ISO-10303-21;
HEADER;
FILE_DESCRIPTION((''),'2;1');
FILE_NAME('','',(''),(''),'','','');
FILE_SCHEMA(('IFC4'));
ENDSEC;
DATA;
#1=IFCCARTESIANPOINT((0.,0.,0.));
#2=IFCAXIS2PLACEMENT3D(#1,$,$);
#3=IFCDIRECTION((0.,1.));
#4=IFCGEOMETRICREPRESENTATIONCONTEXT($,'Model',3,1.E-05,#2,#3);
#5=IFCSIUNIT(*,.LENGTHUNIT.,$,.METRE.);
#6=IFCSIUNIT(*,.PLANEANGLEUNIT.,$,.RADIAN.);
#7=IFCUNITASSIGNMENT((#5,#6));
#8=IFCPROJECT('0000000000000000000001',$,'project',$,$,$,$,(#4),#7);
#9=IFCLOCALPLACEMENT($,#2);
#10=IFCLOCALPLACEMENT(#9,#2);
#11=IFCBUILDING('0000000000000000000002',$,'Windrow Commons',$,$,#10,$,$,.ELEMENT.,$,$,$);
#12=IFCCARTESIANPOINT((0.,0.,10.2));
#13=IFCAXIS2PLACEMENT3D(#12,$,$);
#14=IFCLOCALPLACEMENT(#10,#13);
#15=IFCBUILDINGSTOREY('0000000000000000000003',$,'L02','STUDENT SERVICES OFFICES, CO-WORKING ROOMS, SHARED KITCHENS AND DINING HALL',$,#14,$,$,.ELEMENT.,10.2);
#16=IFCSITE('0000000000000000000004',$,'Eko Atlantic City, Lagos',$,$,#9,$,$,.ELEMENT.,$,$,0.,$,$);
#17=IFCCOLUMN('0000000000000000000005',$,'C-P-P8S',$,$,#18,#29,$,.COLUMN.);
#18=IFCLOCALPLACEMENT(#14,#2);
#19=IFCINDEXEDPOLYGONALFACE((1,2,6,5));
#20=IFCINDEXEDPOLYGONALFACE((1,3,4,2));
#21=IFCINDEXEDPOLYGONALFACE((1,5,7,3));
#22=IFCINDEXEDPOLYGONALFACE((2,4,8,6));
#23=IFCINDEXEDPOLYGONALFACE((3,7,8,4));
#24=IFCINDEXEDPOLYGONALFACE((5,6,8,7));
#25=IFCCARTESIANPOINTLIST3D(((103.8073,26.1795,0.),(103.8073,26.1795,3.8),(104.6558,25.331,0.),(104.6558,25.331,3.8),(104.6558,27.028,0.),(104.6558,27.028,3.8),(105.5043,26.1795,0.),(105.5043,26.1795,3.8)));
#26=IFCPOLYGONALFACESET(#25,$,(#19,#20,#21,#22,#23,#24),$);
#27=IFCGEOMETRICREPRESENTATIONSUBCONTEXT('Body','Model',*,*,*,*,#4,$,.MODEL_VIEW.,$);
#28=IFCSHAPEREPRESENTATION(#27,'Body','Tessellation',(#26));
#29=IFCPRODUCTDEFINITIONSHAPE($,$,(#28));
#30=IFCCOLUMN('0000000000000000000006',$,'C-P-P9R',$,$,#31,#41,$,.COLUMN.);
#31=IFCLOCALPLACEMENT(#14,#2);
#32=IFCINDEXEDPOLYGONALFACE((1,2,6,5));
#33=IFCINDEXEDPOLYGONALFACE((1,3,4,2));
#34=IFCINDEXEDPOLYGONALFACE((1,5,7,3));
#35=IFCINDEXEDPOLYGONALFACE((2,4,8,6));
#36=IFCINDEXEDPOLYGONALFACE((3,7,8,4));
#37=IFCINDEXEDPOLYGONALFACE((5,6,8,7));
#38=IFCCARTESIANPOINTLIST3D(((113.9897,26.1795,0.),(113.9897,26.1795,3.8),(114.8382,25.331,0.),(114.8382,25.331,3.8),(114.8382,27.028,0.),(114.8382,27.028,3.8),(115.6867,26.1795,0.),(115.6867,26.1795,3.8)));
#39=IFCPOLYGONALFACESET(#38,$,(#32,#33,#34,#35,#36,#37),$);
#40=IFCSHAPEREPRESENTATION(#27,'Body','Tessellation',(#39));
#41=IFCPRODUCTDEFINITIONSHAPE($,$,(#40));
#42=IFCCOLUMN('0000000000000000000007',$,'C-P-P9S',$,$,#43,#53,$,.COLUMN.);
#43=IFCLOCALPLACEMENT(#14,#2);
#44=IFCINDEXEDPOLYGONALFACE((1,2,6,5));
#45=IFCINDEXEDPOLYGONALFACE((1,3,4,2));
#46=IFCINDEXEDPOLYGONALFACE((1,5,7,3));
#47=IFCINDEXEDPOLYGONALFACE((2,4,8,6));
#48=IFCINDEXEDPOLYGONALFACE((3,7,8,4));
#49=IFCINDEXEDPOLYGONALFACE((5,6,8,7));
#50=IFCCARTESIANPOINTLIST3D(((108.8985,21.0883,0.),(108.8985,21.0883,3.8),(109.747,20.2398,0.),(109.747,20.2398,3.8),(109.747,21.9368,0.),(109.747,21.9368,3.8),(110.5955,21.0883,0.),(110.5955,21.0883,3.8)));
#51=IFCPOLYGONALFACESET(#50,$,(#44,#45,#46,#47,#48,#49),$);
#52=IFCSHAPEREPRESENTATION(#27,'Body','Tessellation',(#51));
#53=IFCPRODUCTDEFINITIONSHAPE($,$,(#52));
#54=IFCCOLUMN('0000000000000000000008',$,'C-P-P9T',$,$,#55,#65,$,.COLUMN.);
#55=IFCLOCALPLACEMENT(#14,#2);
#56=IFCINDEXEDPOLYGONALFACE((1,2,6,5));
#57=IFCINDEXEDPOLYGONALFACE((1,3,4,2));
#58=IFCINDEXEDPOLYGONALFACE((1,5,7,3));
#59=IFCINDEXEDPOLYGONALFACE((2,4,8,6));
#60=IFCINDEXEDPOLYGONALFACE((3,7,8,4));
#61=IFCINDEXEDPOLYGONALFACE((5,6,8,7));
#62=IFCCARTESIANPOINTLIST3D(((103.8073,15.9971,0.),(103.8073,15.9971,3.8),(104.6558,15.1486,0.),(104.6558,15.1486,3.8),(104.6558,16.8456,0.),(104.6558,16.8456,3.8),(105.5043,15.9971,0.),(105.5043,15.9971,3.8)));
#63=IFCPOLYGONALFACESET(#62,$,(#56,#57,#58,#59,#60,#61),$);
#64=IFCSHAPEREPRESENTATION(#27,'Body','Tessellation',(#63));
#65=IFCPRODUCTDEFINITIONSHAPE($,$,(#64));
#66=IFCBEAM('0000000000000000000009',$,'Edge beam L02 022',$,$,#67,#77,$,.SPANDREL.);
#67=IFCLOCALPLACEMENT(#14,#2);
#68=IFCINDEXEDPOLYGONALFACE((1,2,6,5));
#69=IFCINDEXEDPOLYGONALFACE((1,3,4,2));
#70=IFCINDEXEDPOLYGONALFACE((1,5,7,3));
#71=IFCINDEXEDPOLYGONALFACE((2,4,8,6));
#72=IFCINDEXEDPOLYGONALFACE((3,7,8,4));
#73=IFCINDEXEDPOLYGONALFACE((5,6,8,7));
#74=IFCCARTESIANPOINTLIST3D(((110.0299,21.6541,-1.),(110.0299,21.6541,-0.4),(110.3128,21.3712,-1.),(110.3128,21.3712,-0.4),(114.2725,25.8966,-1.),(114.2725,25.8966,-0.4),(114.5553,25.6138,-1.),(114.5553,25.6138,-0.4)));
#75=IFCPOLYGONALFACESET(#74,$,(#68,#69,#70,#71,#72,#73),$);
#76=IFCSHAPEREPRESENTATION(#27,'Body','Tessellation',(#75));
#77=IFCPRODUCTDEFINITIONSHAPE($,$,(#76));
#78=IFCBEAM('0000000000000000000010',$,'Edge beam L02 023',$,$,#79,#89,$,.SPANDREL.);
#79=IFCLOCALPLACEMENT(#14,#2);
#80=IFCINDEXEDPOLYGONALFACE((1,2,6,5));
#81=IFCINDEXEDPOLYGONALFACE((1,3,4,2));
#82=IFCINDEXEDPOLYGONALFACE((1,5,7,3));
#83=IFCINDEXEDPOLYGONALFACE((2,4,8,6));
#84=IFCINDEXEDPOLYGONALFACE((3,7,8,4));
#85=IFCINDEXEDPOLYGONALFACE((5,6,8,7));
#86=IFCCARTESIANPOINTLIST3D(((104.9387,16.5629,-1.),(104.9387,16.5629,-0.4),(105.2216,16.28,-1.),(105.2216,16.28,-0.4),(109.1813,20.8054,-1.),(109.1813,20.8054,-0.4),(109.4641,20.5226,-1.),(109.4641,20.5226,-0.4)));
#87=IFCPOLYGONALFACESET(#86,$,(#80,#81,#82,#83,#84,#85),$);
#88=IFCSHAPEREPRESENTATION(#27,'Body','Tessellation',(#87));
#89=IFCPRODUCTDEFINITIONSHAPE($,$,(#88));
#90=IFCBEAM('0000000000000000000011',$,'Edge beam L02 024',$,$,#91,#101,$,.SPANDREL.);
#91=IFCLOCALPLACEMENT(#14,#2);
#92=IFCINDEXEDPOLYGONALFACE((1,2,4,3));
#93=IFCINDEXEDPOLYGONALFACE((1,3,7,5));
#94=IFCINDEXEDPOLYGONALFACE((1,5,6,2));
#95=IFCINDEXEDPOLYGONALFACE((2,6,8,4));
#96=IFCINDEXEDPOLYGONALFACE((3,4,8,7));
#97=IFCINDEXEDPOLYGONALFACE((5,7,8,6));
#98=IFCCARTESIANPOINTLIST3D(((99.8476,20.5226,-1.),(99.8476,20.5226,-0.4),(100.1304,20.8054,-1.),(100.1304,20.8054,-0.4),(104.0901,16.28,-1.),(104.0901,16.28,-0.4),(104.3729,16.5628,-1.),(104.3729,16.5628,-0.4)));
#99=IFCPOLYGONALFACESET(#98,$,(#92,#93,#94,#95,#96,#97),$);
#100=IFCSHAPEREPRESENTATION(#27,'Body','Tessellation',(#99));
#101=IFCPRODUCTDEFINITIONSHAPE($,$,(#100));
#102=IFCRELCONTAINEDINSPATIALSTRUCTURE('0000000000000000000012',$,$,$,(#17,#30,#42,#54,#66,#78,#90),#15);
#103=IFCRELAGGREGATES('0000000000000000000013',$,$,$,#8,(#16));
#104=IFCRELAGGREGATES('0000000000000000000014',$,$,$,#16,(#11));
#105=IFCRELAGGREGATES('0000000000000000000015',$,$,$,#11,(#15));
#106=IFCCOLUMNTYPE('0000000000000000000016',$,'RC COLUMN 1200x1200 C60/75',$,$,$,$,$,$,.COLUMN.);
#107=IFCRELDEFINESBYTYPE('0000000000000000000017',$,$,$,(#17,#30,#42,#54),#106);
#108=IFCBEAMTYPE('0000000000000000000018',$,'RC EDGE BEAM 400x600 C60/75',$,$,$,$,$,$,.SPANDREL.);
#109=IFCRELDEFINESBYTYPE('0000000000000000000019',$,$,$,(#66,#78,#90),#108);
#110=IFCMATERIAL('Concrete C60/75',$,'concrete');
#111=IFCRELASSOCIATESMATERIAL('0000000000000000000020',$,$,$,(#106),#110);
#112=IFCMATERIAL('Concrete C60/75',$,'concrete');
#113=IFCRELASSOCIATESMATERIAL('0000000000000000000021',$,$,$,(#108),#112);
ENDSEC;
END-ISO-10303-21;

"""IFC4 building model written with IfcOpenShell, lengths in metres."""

from ifc_helpers import new_model, si_unit, direction, frame, origin, origin_2d, place, context, subcontext, project, spatial, rectangle, extrude, material, material_profile, profile_set, type_object, element, save


model = new_model("IFC4")

# Units and contexts
model_context = context("Model", 3, precision=1e-05, world=origin(), true_north=direction((0.0, 1.0)))
body_context = subcontext(model_context, "Body", "Model", "MODEL_VIEW")
ifc_project = project(units=[si_unit("LENGTHUNIT", "METRE"), si_unit("PLANEANGLEUNIT", "RADIAN")], contexts=[model_context])

# Site, building, storey
site_placement = place(None, origin())
site = spatial("IfcSite", under=ifc_project, at=site_placement, Name="Eko Atlantic City, Lagos", CompositionType="ELEMENT", RefElevation=0.0)
building_placement = place(site_placement, origin())
building = spatial("IfcBuilding", under=site, at=building_placement, Name="Windrow Commons", CompositionType="ELEMENT")
storey_placement = place(building_placement, frame((0.0, 0.0, 10.2)))
storey = spatial("IfcBuildingStorey", under=building, at=storey_placement, Name="L02", Description="STUDENT SERVICES OFFICES, CO-WORKING ROOMS, SHARED KITCHENS AND DINING HALL", CompositionType="ELEMENT", Elevation=10.2)

# Columns
ifc_material_1 = material(Name="Concrete C60/75", Category="concrete")
ifc_material_profile_1 = material_profile(ifc_material_1, rectangle(XDim=1.2, YDim=1.2, at=origin_2d()))
ifc_profile_set_1 = profile_set([ifc_material_profile_1], Name="Concrete C60/75")
column_type = type_object("IfcColumnType", Name="RC COLUMN 1200x1200 C60/75", PredefinedType="COLUMN", material=ifc_profile_set_1)
for number, where, z_axis, x_axis, name in (
    (1, (104.6558, 26.1795, 0.0), (0.0, 0.0, 1.0), (0.707107, -0.707107, 0.0), "C-P-P8S"),
    (2, (114.8382, 26.1795, 0.0), (0.0, 0.0, 1.0), (0.707107, -0.707107, 0.0), "C-P-P9R"),
    (3, (109.747, 21.0883, 0.0), (0.0, 0.0, 1.0), (0.707107, -0.707107, 0.0), "C-P-P9S"),
    (4, (104.6558, 15.9971, 0.0), (0.0, 0.0, 1.0), (0.707107, -0.707107, 0.0), "C-P-P9T"),
):
    element("IfcColumn", number, at=place(storey_placement, frame(where, z_axis=z_axis, x_axis=x_axis)), inside=storey, type_object=column_type, Name=name, PredefinedType="COLUMN", context=body_context, shape_type="SweptSolid", body=[
        extrude(rectangle(XDim=1.2, YDim=1.2, at=origin_2d()), origin(), (0.0, 0.0, 1.0), 3.8),
    ])

# Beams
ifc_material_2 = material(Name="Concrete C60/75", Category="concrete")
ifc_material_profile_2 = material_profile(ifc_material_2, rectangle(XDim=0.4, YDim=0.6, at=origin_2d()))
ifc_profile_set_2 = profile_set([ifc_material_profile_2], Name="Concrete C60/75")
beam_type = type_object("IfcBeamType", Name="RC EDGE BEAM 400x600 C60/75", PredefinedType="SPANDREL", material=ifc_profile_set_2)
for number, where, z_axis, x_axis, name in (
    (5, (114.4139, 25.7552, -0.7), (-0.707107, -0.707107, 0.0), (0.707107, -0.707107, 0.0), "Edge beam L02 022"),
    (6, (109.3227, 20.664, -0.7), (-0.707107, -0.707107, 0.0), (0.707107, -0.707107, 0.0), "Edge beam L02 023"),
    (7, (104.2315, 16.4214, -0.7), (-0.707098, 0.707115, 0.0), (-0.707115, -0.707098, 0.0), "Edge beam L02 024"),
):
    element("IfcBeam", number, at=place(storey_placement, frame(where, z_axis=z_axis, x_axis=x_axis)), inside=storey, type_object=beam_type, Name=name, PredefinedType="SPANDREL", context=body_context, shape_type="SweptSolid", body=[
        extrude(rectangle(XDim=0.4, YDim=0.6, at=origin_2d()), origin(), (0.0, 0.0, 1.0), 5.9999),
    ])

save(model, "model.ifc")
